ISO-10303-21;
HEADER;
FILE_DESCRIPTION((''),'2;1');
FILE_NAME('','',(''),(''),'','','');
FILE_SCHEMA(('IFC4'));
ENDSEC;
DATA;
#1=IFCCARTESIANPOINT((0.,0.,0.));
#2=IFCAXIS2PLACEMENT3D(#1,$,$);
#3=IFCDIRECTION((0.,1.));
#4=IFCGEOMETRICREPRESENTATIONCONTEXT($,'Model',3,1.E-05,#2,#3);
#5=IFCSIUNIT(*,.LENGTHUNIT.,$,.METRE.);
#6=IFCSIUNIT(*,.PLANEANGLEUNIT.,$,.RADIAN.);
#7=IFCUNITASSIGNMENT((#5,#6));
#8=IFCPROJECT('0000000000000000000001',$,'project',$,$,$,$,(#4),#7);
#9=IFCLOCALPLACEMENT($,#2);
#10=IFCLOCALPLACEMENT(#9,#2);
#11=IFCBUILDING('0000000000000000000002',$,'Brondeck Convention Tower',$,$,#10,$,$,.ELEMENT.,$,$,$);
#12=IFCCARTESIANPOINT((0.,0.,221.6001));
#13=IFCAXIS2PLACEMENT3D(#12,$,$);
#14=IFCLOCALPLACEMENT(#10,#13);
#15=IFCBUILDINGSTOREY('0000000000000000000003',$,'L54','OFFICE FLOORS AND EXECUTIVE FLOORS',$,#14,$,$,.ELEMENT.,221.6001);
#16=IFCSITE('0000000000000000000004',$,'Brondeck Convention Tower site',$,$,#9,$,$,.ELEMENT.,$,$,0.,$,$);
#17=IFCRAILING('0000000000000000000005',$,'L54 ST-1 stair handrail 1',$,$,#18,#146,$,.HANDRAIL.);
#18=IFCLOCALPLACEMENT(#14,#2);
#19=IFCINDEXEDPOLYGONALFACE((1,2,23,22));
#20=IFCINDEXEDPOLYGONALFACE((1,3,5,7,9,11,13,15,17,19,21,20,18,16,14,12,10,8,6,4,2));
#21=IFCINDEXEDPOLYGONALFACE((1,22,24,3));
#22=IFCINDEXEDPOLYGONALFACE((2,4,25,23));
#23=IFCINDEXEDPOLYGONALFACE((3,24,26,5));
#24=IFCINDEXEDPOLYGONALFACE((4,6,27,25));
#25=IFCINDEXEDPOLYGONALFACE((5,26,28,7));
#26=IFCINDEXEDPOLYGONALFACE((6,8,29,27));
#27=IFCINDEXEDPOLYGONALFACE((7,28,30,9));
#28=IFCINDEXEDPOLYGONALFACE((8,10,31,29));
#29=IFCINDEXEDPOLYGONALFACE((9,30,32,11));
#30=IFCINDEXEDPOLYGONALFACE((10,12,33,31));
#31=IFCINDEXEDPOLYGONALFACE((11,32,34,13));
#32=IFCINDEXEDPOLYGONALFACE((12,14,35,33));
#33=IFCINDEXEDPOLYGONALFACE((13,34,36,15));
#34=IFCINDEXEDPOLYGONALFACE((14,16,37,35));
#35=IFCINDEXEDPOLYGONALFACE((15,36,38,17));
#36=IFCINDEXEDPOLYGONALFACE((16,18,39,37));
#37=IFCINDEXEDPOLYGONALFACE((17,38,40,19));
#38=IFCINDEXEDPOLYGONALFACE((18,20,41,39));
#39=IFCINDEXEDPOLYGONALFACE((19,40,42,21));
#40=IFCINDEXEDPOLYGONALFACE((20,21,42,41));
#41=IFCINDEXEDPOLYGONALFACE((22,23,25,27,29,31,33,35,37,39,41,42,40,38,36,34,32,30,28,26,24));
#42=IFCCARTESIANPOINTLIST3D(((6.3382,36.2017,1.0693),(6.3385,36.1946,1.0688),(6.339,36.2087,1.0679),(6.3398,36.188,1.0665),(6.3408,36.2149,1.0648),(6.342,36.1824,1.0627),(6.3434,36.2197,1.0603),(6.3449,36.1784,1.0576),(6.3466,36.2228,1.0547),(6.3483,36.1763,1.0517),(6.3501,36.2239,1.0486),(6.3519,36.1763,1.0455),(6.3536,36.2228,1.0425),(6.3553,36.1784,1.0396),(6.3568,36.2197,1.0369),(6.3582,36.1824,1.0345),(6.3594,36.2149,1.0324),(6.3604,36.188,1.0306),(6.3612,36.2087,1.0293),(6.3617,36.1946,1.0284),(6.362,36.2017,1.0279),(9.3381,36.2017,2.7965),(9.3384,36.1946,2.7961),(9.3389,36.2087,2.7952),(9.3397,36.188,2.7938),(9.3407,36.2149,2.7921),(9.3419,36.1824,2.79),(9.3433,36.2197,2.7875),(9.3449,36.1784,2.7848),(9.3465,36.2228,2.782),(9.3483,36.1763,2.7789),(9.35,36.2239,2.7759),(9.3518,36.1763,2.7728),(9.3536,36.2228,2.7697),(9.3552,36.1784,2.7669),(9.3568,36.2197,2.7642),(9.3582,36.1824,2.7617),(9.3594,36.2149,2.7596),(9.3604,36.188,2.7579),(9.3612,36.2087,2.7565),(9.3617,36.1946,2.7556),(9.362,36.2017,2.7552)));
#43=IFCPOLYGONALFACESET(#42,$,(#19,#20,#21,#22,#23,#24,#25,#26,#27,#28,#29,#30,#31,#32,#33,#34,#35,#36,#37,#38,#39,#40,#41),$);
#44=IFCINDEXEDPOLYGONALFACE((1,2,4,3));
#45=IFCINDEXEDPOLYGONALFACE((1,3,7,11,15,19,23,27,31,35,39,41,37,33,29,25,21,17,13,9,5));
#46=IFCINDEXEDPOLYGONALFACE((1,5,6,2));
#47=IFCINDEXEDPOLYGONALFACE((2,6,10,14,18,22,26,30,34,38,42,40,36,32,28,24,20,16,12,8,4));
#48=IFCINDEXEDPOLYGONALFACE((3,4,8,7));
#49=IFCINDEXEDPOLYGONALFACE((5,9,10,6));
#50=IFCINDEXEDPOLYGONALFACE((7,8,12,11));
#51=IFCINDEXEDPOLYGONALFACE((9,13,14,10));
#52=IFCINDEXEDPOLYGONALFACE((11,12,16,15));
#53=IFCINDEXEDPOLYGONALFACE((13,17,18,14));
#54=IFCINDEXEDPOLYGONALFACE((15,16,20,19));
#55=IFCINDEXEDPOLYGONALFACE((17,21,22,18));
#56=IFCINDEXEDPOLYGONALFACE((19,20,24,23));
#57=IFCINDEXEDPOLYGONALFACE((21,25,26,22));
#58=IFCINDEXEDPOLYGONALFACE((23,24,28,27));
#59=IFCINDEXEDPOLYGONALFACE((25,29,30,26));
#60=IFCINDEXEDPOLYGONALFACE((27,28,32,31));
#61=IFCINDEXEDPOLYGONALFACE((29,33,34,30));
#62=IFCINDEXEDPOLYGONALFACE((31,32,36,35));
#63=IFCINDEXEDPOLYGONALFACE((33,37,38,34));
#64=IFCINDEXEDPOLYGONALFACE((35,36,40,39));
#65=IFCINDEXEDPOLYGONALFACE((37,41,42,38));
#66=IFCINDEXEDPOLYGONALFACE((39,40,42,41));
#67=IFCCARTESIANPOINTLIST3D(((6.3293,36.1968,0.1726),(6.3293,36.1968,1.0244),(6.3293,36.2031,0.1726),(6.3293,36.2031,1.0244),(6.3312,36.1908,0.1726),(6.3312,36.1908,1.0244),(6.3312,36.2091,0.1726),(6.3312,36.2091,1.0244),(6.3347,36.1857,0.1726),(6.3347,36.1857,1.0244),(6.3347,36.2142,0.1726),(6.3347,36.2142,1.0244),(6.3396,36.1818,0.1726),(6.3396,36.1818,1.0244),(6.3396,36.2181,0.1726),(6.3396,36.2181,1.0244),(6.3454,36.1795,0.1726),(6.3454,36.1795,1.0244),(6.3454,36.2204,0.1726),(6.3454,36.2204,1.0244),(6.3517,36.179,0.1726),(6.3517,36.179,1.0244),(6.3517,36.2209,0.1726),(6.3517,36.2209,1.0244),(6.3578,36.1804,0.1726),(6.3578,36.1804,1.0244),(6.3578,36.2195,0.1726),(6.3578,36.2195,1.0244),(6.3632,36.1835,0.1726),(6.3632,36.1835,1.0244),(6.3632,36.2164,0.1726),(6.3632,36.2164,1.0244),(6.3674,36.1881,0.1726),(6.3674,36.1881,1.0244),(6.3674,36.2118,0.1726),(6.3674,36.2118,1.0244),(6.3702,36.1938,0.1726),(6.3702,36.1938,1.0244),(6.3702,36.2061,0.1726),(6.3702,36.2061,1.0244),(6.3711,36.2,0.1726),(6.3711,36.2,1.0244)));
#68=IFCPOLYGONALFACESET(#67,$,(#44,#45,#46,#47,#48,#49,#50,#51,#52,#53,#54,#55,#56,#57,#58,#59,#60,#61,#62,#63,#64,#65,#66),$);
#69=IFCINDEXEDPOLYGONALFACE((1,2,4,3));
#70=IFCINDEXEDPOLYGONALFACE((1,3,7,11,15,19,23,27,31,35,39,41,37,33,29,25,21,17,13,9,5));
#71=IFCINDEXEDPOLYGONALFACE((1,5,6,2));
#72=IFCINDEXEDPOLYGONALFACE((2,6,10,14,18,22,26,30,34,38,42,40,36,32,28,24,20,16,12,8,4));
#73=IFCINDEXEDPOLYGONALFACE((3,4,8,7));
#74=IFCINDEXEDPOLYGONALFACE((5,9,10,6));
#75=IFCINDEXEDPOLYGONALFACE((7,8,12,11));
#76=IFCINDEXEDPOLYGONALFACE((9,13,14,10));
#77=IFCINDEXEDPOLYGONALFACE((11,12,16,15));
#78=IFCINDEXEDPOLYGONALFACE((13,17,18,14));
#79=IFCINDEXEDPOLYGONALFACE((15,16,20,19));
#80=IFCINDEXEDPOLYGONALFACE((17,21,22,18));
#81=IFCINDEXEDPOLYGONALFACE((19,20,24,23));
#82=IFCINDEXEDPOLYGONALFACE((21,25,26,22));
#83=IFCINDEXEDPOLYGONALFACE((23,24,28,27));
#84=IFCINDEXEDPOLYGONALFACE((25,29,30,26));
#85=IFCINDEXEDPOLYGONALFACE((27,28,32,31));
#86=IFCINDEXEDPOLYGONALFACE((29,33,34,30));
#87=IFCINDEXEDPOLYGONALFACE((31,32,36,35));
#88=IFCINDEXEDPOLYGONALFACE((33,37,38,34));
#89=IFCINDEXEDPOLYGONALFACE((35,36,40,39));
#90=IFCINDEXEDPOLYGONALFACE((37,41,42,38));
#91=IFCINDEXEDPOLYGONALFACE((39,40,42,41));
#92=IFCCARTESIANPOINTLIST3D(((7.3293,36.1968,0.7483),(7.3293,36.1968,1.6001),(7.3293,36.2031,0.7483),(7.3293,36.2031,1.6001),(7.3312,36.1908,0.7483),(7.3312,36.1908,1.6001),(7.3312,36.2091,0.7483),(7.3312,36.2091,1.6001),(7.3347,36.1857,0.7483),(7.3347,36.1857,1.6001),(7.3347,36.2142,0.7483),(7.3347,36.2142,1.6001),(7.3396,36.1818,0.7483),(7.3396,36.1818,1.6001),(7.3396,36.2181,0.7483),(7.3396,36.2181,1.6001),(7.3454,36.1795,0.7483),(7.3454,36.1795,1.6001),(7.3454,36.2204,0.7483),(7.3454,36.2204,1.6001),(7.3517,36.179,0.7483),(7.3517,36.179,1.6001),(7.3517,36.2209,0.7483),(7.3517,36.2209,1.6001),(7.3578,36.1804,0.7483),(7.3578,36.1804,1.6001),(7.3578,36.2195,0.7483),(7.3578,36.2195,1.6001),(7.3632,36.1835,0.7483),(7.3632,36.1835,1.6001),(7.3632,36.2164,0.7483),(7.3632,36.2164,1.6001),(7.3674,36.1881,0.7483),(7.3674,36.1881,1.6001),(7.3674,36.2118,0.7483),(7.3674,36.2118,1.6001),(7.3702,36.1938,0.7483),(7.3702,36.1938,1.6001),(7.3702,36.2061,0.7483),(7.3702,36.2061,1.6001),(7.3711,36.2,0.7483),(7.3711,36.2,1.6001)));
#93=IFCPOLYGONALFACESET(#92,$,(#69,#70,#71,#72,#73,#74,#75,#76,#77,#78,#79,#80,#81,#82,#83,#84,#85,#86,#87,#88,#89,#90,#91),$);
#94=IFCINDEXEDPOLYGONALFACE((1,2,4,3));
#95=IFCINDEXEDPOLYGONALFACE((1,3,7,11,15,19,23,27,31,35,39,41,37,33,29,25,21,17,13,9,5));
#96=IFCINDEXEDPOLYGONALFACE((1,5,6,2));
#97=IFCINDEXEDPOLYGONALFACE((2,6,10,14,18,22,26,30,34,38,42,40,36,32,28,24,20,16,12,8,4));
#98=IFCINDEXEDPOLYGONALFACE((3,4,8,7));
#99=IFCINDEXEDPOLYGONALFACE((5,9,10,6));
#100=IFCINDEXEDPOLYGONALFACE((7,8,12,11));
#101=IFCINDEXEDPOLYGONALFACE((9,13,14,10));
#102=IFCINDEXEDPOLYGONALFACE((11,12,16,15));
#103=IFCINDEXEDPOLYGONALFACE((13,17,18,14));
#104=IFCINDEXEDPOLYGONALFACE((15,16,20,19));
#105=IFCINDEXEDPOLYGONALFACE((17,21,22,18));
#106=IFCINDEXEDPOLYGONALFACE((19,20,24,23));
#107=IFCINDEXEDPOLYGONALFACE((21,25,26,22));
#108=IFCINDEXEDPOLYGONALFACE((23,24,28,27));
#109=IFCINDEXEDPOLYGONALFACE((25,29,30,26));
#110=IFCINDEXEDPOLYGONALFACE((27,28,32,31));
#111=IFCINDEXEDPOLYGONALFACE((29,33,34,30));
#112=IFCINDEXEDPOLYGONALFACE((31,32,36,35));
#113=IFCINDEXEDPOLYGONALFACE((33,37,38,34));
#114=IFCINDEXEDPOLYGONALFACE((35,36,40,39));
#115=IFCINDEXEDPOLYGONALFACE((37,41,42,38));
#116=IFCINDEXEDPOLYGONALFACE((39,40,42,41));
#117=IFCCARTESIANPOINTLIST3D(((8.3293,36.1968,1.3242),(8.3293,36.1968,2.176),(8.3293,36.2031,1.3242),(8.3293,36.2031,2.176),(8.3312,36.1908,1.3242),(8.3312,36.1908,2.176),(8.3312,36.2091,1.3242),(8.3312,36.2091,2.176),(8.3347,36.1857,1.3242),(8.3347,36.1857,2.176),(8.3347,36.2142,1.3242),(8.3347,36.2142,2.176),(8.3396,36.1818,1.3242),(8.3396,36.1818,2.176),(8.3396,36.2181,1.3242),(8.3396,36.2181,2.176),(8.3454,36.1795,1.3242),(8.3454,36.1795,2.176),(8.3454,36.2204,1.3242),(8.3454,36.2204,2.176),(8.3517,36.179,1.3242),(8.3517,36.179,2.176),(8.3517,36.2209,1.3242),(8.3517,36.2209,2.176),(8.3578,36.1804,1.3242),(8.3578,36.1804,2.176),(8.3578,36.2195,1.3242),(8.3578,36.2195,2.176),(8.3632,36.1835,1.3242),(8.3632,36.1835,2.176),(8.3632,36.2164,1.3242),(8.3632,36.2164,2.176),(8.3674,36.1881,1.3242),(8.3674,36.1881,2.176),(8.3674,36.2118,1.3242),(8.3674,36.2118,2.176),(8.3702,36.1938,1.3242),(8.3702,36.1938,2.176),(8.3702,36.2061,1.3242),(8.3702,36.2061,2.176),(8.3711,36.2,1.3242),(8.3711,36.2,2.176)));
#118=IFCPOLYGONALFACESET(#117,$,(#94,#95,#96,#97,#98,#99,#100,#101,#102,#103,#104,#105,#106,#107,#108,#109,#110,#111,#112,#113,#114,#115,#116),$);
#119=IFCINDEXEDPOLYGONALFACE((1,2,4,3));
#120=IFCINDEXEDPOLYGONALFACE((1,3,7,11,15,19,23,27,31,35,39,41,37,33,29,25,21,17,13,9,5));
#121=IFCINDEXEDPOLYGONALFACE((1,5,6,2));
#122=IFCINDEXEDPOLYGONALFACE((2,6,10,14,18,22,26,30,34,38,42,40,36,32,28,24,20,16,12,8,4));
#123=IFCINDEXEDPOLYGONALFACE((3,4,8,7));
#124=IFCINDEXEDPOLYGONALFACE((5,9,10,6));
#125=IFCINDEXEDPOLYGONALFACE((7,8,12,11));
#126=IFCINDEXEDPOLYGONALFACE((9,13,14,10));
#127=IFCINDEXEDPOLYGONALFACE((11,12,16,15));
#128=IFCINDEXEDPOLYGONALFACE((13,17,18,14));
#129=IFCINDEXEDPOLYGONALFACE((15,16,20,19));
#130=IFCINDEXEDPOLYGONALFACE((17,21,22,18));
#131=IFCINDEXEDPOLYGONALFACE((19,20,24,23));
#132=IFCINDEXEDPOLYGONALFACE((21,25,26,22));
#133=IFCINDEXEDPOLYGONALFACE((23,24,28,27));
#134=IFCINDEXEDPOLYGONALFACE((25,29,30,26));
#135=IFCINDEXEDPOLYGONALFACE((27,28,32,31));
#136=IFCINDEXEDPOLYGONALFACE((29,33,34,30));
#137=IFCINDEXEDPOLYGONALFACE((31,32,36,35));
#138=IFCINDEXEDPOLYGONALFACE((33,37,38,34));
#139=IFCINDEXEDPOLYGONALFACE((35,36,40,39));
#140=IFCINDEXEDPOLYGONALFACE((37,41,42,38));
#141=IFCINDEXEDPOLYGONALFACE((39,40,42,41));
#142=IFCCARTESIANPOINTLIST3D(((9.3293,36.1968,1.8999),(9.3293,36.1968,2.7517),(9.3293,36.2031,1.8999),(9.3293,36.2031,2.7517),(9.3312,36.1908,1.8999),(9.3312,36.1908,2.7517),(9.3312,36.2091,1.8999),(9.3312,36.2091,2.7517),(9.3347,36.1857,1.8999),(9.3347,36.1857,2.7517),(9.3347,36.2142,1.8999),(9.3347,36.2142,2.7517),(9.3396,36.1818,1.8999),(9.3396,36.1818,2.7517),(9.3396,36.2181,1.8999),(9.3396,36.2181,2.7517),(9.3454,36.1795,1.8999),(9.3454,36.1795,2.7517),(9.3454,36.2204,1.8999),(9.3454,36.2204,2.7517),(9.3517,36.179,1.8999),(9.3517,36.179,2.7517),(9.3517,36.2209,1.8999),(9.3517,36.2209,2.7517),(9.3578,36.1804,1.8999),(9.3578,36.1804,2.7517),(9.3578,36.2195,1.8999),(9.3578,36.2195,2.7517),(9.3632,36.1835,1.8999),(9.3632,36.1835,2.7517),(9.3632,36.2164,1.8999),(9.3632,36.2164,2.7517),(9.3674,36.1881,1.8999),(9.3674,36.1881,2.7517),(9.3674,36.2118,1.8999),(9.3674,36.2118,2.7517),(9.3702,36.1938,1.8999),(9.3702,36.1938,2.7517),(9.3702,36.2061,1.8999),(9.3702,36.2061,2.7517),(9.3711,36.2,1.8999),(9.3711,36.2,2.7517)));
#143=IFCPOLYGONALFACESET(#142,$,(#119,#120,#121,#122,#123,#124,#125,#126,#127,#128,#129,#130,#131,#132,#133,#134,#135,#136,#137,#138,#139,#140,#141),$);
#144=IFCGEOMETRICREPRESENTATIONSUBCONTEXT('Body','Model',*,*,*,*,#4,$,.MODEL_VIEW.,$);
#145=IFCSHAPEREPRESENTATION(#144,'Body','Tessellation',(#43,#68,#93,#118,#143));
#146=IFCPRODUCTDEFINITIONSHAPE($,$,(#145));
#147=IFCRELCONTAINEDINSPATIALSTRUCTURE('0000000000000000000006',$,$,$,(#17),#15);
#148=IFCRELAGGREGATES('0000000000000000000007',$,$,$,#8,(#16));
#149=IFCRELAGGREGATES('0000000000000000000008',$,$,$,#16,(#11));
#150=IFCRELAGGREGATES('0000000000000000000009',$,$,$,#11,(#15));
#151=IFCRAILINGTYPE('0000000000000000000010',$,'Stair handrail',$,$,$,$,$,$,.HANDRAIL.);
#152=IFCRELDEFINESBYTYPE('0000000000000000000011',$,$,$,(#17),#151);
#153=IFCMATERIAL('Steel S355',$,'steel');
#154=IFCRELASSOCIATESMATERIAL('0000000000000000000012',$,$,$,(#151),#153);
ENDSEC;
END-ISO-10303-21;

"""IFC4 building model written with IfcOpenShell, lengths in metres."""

from ifc_helpers import new_model, si_unit, direction, frame, origin, origin_2d, place, context, subcontext, project, spatial, circle, extrude, material, type_object, element, save


model = new_model("IFC4")

# Units and contexts
model_context = context("Model", 3, precision=1e-05, world=origin(), true_north=direction((0.0, 1.0)))
body_context = subcontext(model_context, "Body", "Model", "MODEL_VIEW")
ifc_project = project(units=[si_unit("LENGTHUNIT", "METRE"), si_unit("PLANEANGLEUNIT", "RADIAN")], contexts=[model_context])

# Site, building, storey
site_placement = place(None, origin())
site = spatial("IfcSite", under=ifc_project, at=site_placement, Name="Brondeck Convention Tower site", CompositionType="ELEMENT", RefElevation=0.0)
building_placement = place(site_placement, origin())
building = spatial("IfcBuilding", under=site, at=building_placement, Name="Brondeck Convention Tower", CompositionType="ELEMENT")
storey_placement = place(building_placement, frame((0.0, 0.0, 221.6001)))
storey = spatial("IfcBuildingStorey", under=building, at=storey_placement, Name="L54", Description="OFFICE FLOORS AND EXECUTIVE FLOORS", CompositionType="ELEMENT", Elevation=221.6001)

# Railing
ifc_material_1 = material(Name="Steel S355", Category="steel")
railing_type_1 = type_object("IfcRailingType", Name="Stair handrail", PredefinedType="HANDRAIL", material=ifc_material_1)
railing_1_placement = place(storey_placement, frame((6.3501, 36.2, 0.1726)))
element("IfcRailing", 1, at=railing_1_placement, inside=storey, type_object=railing_type_1, Name="L54 ST-1 stair handrail 1", PredefinedType="HANDRAIL", context=body_context, shape_type="SweptSolid", body=[
    extrude(circle(Radius=0.0239, at=origin_2d()), frame((0.0, 0.0, 0.876), z_axis=(0.86662, 0.0, 0.498969), x_axis=(0.0, 1.0, 0.0)), (0.0, 0.0, 1.0), 3.4617),
    extrude(circle(Radius=0.021, at=origin_2d()), origin(), (0.0, 0.0, 1.0), 0.8518),
    extrude(circle(Radius=0.021, at=origin_2d()), frame((1.0, 0.0, 0.5757)), (0.0, 0.0, 1.0), 0.8518),
    extrude(circle(Radius=0.021, at=origin_2d()), frame((2.0, 0.0, 1.1516)), (0.0, 0.0, 1.0), 0.8518),
    extrude(circle(Radius=0.021, at=origin_2d()), frame((3.0, 0.0, 1.7273)), (0.0, 0.0, 1.0), 0.8518),
])

save(model, "model.ifc")
